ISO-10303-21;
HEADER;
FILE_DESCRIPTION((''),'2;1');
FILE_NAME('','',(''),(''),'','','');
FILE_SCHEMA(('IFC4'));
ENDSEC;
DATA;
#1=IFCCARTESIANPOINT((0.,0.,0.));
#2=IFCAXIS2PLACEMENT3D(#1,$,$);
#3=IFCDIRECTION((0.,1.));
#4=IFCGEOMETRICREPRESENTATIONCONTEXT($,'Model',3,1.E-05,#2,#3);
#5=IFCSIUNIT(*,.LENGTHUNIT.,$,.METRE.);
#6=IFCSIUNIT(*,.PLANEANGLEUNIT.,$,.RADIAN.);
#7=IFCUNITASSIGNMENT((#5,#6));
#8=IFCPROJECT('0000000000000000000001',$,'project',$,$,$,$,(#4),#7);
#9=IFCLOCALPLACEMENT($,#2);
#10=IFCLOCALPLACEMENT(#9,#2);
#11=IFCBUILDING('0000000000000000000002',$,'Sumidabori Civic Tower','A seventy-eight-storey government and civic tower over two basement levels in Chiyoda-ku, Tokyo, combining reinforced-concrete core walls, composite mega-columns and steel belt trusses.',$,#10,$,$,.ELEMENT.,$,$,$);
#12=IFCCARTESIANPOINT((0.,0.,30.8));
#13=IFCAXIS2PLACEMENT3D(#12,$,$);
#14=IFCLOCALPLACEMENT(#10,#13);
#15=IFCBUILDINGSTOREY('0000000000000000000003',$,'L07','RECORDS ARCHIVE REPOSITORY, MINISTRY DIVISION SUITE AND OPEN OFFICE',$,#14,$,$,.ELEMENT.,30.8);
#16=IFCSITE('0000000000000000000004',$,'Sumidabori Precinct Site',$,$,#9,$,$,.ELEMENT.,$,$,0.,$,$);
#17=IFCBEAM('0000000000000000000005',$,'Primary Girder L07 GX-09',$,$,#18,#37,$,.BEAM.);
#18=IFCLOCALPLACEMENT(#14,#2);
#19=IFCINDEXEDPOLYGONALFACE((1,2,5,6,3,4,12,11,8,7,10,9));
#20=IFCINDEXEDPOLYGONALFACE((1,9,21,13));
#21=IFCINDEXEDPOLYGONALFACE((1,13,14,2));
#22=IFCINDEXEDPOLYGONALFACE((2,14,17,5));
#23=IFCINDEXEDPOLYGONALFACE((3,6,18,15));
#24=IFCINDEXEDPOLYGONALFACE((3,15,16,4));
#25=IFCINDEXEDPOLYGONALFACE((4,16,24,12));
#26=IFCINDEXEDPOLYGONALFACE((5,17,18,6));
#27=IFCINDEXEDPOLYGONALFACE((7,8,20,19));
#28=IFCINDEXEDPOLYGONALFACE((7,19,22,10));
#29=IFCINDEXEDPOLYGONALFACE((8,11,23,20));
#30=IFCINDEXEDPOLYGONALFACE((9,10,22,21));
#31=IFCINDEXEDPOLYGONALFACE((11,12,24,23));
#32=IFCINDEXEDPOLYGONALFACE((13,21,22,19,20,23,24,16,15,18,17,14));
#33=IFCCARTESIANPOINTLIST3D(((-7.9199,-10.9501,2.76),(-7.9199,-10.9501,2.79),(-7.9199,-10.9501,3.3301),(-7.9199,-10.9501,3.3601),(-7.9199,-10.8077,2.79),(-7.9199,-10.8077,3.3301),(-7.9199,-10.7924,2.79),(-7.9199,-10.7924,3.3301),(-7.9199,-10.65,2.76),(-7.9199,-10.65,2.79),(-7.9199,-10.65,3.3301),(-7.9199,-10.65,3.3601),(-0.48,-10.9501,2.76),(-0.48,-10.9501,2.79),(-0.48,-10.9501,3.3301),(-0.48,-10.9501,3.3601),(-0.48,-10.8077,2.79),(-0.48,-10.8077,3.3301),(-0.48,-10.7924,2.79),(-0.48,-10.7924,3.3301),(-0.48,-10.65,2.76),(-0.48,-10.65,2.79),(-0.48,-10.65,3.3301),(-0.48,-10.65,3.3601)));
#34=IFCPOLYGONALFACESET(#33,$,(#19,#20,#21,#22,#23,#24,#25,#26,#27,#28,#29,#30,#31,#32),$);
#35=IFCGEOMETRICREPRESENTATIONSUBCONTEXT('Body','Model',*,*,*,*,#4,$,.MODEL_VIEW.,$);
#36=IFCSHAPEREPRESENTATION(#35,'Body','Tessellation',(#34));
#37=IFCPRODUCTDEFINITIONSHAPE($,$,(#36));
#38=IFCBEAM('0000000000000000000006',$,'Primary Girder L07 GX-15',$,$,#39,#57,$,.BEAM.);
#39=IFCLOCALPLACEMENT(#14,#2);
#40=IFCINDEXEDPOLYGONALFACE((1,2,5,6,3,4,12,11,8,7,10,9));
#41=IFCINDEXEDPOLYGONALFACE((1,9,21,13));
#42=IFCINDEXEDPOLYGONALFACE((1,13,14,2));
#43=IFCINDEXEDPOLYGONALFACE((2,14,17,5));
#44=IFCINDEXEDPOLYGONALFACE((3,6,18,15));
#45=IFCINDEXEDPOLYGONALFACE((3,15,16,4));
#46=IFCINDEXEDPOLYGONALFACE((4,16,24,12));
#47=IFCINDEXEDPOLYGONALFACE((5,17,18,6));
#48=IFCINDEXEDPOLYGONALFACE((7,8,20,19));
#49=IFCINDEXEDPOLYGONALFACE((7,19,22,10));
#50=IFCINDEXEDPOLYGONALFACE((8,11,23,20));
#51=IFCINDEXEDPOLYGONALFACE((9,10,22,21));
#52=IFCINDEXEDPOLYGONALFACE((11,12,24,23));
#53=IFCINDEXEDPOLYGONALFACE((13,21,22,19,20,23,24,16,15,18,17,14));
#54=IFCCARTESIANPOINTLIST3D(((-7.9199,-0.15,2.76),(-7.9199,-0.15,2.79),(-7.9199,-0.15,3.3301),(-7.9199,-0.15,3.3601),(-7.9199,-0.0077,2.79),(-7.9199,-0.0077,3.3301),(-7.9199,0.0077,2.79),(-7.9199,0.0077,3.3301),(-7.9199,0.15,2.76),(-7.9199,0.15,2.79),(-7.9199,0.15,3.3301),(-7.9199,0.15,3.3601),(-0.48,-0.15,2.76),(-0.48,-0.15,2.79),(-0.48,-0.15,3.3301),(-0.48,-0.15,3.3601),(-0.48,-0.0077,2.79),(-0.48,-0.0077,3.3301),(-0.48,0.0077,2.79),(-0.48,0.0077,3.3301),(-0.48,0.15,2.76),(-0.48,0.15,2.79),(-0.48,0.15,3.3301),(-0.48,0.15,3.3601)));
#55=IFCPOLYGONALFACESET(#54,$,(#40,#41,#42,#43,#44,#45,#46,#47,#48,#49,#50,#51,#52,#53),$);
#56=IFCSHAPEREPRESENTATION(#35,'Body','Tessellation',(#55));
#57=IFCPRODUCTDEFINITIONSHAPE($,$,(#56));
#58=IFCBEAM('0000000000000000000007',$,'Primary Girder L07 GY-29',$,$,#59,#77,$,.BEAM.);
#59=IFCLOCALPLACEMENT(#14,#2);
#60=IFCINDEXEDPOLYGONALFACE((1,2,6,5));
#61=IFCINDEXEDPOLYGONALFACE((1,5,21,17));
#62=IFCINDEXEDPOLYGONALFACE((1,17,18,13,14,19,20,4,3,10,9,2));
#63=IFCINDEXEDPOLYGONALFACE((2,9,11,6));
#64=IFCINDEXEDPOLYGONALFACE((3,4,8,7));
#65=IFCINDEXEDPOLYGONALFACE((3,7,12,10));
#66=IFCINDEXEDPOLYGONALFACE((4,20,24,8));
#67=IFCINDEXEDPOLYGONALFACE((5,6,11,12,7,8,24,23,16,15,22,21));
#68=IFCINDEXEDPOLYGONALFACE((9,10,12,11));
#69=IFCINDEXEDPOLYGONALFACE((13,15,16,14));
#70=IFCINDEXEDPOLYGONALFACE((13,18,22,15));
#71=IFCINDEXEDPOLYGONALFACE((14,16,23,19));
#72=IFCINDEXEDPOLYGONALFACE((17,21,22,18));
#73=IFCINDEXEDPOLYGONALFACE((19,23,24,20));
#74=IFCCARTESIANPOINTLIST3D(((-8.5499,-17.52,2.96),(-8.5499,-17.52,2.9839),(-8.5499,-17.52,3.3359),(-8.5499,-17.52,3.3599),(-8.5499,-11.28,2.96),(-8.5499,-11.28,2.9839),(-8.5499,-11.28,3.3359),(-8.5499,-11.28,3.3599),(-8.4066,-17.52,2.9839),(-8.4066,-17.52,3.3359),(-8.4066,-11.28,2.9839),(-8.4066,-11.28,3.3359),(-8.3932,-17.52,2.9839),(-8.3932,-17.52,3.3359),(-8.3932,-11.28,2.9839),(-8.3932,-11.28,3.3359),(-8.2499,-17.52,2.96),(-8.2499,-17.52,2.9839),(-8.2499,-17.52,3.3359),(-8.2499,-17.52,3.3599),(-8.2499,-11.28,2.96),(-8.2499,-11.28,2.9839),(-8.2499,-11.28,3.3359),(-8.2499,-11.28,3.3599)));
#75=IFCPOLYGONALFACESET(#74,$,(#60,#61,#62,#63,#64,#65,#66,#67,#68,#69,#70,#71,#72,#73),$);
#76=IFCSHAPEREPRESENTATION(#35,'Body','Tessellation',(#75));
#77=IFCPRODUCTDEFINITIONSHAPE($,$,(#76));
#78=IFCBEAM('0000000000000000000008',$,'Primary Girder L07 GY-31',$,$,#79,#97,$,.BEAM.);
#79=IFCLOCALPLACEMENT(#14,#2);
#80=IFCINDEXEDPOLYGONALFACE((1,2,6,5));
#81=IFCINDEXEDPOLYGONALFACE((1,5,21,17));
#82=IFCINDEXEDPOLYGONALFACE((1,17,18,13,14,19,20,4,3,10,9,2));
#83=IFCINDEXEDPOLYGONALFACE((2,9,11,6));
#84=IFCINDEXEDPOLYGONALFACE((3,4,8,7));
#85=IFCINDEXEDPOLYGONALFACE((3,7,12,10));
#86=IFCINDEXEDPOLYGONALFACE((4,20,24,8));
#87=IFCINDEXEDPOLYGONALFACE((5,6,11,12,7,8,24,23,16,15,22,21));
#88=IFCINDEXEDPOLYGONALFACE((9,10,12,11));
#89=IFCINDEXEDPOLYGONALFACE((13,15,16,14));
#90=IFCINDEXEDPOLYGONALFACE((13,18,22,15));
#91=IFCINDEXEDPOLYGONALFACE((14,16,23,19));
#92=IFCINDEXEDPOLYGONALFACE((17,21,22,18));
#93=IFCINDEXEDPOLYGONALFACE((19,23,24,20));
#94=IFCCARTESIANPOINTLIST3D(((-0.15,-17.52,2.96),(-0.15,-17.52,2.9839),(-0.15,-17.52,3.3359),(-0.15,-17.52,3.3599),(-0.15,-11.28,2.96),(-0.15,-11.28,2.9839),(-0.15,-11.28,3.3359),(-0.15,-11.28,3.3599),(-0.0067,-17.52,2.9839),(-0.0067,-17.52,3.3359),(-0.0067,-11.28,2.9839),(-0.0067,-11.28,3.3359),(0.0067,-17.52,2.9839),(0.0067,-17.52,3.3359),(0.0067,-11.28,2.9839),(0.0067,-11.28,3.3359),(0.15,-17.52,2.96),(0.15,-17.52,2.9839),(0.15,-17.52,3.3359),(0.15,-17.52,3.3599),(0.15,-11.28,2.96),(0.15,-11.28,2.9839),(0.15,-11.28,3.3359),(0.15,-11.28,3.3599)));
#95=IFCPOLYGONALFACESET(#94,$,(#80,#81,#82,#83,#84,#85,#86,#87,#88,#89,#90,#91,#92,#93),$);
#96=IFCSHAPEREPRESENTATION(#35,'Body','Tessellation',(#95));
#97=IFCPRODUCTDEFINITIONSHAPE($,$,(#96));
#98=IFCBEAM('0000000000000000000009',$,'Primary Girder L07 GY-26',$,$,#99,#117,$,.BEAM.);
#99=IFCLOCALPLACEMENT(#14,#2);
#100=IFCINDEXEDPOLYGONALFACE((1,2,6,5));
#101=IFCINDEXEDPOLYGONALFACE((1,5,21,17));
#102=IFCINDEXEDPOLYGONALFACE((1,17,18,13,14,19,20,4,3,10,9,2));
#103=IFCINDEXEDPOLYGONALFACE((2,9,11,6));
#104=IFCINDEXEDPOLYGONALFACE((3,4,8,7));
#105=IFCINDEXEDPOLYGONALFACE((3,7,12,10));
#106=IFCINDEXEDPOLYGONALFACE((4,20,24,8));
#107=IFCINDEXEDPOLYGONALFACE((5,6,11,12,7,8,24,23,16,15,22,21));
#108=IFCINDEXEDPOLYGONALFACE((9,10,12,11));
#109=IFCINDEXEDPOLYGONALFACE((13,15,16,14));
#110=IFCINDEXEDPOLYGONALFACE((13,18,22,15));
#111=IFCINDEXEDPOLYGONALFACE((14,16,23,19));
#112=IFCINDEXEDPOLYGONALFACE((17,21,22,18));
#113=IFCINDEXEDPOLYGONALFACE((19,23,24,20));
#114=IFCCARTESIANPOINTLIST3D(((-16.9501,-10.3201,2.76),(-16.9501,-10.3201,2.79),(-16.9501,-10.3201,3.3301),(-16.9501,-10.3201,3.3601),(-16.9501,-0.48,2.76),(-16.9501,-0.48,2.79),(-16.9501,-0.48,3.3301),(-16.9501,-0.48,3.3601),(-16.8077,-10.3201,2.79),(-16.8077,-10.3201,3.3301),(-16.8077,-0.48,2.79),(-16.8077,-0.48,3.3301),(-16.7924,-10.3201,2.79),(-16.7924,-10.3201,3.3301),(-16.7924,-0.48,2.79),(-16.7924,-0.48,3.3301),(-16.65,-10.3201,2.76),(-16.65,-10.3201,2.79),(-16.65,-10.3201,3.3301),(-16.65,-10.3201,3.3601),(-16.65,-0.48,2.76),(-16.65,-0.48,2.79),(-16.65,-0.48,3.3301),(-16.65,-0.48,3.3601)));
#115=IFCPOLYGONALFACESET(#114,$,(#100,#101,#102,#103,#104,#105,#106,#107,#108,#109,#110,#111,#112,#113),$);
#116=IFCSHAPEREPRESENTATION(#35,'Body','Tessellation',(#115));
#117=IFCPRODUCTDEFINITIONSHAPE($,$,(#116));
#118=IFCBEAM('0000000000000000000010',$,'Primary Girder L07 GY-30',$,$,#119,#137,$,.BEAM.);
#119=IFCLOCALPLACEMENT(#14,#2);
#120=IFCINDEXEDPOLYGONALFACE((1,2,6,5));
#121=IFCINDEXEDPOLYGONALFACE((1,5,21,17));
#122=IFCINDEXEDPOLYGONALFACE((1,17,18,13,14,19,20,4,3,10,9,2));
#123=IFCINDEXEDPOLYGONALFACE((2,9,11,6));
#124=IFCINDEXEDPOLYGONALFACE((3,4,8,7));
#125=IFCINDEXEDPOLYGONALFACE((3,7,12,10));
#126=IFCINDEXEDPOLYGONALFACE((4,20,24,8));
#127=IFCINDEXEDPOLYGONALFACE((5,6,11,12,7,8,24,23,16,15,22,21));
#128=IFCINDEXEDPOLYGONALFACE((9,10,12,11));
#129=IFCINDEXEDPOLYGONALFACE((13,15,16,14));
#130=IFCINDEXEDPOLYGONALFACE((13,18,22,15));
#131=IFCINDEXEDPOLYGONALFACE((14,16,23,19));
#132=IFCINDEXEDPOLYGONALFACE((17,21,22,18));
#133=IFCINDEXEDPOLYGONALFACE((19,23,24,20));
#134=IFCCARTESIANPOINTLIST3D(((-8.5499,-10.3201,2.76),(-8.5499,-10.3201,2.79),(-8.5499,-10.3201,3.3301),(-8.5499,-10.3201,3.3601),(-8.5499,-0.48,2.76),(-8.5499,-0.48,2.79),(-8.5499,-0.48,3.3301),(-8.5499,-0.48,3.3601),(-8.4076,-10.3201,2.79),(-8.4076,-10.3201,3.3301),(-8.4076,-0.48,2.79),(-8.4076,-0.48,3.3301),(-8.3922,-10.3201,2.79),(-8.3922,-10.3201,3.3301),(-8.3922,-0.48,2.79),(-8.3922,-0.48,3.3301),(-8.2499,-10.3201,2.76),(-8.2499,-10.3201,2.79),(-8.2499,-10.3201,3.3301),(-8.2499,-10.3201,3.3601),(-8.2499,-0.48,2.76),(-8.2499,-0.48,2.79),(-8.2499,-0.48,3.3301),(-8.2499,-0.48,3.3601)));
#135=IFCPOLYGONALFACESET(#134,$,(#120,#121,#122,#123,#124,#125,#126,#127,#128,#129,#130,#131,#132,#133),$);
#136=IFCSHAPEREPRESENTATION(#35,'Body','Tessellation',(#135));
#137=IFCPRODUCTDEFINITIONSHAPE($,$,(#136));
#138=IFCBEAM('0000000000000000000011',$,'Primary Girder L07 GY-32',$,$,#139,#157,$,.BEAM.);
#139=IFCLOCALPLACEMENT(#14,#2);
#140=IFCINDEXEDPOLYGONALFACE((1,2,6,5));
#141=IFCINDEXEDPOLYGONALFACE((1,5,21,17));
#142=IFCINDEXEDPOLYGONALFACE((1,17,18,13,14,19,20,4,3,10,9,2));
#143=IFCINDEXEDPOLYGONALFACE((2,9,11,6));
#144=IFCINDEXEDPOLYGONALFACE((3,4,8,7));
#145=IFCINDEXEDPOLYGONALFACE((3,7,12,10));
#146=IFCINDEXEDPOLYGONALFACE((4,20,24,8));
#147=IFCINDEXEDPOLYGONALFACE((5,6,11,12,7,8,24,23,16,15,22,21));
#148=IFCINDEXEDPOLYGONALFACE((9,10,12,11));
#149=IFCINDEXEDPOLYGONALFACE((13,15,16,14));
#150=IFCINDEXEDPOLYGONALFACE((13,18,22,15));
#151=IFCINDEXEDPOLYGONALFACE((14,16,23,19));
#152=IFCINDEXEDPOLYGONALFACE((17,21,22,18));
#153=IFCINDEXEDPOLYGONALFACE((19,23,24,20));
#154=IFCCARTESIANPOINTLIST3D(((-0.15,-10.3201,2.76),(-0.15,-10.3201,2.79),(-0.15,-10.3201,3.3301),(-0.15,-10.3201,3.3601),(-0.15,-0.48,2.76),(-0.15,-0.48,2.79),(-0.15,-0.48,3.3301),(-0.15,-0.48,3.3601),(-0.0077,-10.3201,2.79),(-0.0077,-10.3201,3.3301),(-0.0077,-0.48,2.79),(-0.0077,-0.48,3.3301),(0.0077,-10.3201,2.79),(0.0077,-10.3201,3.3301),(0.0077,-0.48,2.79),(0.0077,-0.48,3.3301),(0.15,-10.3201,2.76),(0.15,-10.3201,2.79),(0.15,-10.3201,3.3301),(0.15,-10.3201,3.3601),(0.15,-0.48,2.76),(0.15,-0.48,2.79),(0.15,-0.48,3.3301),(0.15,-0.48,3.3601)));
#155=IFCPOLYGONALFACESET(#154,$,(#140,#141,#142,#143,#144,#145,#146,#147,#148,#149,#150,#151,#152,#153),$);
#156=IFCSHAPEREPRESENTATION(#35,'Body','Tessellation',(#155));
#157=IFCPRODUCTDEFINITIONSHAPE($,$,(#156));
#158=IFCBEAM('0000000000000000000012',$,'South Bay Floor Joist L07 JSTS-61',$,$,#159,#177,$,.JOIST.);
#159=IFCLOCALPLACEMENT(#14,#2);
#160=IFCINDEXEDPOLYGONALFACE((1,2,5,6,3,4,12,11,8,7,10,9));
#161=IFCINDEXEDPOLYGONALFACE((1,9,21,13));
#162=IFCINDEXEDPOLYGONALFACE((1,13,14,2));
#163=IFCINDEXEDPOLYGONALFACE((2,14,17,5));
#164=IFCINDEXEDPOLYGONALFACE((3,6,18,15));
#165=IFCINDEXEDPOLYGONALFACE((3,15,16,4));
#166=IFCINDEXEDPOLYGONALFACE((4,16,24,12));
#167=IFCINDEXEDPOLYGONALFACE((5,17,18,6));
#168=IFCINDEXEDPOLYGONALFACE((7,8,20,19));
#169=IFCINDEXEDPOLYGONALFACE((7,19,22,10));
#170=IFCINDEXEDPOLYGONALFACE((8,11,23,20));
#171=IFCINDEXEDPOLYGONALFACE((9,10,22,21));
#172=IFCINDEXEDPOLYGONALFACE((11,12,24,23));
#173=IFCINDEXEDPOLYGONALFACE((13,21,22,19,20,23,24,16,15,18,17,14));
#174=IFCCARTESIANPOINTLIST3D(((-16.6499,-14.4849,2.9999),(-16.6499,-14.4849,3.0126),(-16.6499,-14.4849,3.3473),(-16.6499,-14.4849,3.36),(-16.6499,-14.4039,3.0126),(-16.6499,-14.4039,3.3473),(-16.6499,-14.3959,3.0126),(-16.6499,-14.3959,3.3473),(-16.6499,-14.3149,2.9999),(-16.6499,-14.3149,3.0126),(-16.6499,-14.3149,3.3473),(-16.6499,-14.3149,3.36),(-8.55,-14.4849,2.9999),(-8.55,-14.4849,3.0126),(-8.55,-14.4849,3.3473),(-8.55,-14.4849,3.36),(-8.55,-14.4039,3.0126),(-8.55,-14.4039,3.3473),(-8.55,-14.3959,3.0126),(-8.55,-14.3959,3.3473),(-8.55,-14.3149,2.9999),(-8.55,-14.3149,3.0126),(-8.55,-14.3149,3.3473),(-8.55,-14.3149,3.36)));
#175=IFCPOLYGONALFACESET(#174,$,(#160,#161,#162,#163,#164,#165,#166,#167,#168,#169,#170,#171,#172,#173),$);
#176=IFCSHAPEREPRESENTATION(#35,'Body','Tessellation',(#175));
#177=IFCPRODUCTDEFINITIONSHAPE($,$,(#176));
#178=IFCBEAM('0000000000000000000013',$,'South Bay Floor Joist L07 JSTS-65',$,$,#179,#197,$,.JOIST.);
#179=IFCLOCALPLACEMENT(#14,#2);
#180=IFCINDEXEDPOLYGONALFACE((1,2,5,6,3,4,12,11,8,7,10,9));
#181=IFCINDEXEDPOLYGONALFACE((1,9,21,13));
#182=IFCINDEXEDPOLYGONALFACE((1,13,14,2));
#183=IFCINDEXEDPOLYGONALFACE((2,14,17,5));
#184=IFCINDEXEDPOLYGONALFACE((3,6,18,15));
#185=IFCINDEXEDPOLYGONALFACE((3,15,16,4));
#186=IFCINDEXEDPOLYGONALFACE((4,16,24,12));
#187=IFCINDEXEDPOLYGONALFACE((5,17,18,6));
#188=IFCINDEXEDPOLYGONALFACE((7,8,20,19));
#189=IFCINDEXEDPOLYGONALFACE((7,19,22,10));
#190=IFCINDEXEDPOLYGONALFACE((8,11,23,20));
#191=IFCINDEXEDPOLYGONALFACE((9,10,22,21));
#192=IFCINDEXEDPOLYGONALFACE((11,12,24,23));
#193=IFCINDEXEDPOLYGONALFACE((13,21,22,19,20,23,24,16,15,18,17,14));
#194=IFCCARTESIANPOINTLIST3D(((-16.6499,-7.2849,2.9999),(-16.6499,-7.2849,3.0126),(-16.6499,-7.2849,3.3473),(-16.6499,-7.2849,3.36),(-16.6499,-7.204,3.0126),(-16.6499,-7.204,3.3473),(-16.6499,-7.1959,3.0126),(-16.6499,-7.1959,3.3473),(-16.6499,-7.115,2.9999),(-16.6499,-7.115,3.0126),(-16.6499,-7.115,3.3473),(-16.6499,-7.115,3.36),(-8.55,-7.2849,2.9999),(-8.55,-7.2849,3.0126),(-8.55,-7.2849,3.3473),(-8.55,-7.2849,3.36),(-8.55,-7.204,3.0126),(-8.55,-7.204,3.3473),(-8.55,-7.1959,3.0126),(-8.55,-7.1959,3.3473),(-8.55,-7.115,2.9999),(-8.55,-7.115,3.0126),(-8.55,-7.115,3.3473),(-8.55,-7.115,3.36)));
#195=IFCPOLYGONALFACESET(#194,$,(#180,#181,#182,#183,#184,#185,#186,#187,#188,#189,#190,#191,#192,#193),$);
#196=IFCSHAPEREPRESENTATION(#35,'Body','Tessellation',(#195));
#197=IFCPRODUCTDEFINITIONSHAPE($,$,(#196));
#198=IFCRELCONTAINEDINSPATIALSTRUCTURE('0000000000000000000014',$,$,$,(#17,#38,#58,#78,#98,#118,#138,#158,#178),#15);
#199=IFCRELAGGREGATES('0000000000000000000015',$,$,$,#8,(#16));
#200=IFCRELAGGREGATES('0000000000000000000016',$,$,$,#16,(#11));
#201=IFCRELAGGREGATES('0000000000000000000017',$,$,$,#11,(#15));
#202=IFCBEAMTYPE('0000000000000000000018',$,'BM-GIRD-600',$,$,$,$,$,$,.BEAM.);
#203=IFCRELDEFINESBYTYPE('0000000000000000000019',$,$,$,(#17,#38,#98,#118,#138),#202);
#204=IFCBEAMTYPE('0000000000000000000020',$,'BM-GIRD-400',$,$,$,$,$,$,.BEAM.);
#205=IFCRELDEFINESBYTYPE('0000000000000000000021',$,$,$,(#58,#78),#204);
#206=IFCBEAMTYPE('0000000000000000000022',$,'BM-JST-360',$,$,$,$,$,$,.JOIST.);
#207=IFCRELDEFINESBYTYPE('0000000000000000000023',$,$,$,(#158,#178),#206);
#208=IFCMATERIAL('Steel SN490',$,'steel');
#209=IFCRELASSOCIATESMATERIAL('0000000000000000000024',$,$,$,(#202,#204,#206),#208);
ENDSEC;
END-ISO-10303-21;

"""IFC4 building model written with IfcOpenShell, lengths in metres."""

from ifc_helpers import new_model, si_unit, direction, frame, origin, origin_2d, place, context, subcontext, project, spatial, i_section, extrude, source, transform, mapped, material, material_profile, profile_set, type_object, element, save


model = new_model("IFC4")

# Units and contexts
model_context = context("Model", 3, precision=1e-05, world=origin(), true_north=direction((0.0, 1.0)))
body_context = subcontext(model_context, "Body", "Model", "MODEL_VIEW")
ifc_project = project(units=[si_unit("LENGTHUNIT", "METRE"), si_unit("PLANEANGLEUNIT", "RADIAN")], contexts=[model_context])

# Site, building, storey
site_placement = place(None, origin())
site = spatial("IfcSite", under=ifc_project, at=site_placement, Name="Sumidabori Precinct Site", CompositionType="ELEMENT", RefElevation=0.0)
building_placement = place(site_placement, origin())
building = spatial("IfcBuilding", under=site, at=building_placement, Name="Sumidabori Civic Tower", Description="A seventy-eight-storey government and civic tower over two basement levels in Chiyoda-ku, Tokyo, combining reinforced-concrete core walls, composite mega-columns and steel belt trusses.", CompositionType="ELEMENT")
storey_placement = place(building_placement, frame((0.0, 0.0, 30.8)))
storey = spatial("IfcBuildingStorey", under=building, at=storey_placement, Name="L07", Description="RECORDS ARCHIVE REPOSITORY, MINISTRY DIVISION SUITE AND OPEN OFFICE", CompositionType="ELEMENT", Elevation=30.8)

# Beams
ifc_material_1 = material(Name="Steel SN490", Category="steel")
ifc_material_profile_1 = material_profile(ifc_material_1, i_section(OverallWidth=0.3, OverallDepth=0.6001, WebThickness=0.0154, FlangeThickness=0.03, at=origin_2d()), Name="HE 600 B")
ifc_profile_set_1 = profile_set([ifc_material_profile_1], Name="Steel SN490")
beam_type_1 = type_object("IfcBeamType", Name="BM-GIRD-600", PredefinedType="BEAM", material=ifc_profile_set_1)
shared_shape_1 = source(origin(), body_context, "Body", "SweptSolid", [
    extrude(i_section(OverallWidth=0.3, OverallDepth=0.6001, WebThickness=0.0154, FlangeThickness=0.03, at=origin_2d()), origin(), (0.0, 0.0, 1.0), 7.4399),
])
for number, where, z_axis, x_axis, name in (
    (1, (-7.9199, -10.8, 3.0601), (1.0, 0.0, 0.0), (0.0, 1.0, 0.0), "Primary Girder L07 GX-09"),
    (2, (-7.9199, 0.0, 3.0601), (1.0, 0.0, 0.0), (0.0, 1.0, 0.0), "Primary Girder L07 GX-15"),
):
    element("IfcBeam", number, at=place(storey_placement, frame(where, z_axis=z_axis, x_axis=x_axis)), inside=storey, type_object=beam_type_1, Name=name, PredefinedType="BEAM", context=body_context, shape_type="MappedRepresentation", body=[
        mapped(shared_shape_1, transform((0.0, 0.0, 0.0), x_axis=(1.0, 0.0, 0.0), y_axis=(0.0, 1.0, 0.0), z_axis=(0.0, 0.0, 1.0), scale=1.0)),
    ])
ifc_material_profile_2 = material_profile(ifc_material_1, i_section(OverallWidth=0.3, OverallDepth=0.3999, WebThickness=0.0134, FlangeThickness=0.0239, at=origin_2d()), Name="HE 400 B")
ifc_profile_set_2 = profile_set([ifc_material_profile_2], Name="Steel SN490")
beam_type_2 = type_object("IfcBeamType", Name="BM-GIRD-400", PredefinedType="BEAM", material=ifc_profile_set_2)
shared_shape_2 = source(origin(), body_context, "Body", "SweptSolid", [
    extrude(i_section(OverallWidth=0.3, OverallDepth=0.3999, WebThickness=0.0134, FlangeThickness=0.0239, at=origin_2d()), origin(), (0.0, 0.0, 1.0), 6.24),
])
for number, where, z_axis, x_axis, name in (
    (3, (-8.3999, -17.52, 3.1599), (0.0, 1.0, 0.0), (-1.0, 0.0, 0.0), "Primary Girder L07 GY-29"),
    (4, (0.0, -17.52, 3.1599), (0.0, 1.0, 0.0), (-1.0, 0.0, 0.0), "Primary Girder L07 GY-31"),
):
    element("IfcBeam", number, at=place(storey_placement, frame(where, z_axis=z_axis, x_axis=x_axis)), inside=storey, type_object=beam_type_2, Name=name, PredefinedType="BEAM", context=body_context, shape_type="MappedRepresentation", body=[
        mapped(shared_shape_2, transform((0.0, 0.0, 0.0), x_axis=(1.0, 0.0, 0.0), y_axis=(0.0, 1.0, 0.0), z_axis=(0.0, 0.0, 1.0), scale=1.0)),
    ])
shared_shape_3 = source(origin(), body_context, "Body", "SweptSolid", [
    extrude(i_section(OverallWidth=0.3, OverallDepth=0.6001, WebThickness=0.0154, FlangeThickness=0.03, at=origin_2d()), origin(), (0.0, 0.0, 1.0), 9.8401),
])
for number, where, z_axis, x_axis, name in (
    (5, (-16.8, -10.3201, 3.0601), (0.0, 1.0, 0.0), (-1.0, 0.0, 0.0), "Primary Girder L07 GY-26"),
    (6, (-8.3999, -10.3201, 3.0601), (0.0, 1.0, 0.0), (-1.0, 0.0, 0.0), "Primary Girder L07 GY-30"),
    (7, (0.0, -10.3201, 3.0601), (0.0, 1.0, 0.0), (-1.0, 0.0, 0.0), "Primary Girder L07 GY-32"),
):
    element("IfcBeam", number, at=place(storey_placement, frame(where, z_axis=z_axis, x_axis=x_axis)), inside=storey, type_object=beam_type_1, Name=name, PredefinedType="BEAM", context=body_context, shape_type="MappedRepresentation", body=[
        mapped(shared_shape_3, transform((0.0, 0.0, 0.0), x_axis=(1.0, 0.0, 0.0), y_axis=(0.0, 1.0, 0.0), z_axis=(0.0, 0.0, 1.0), scale=1.0)),
    ])
ifc_material_profile_3 = material_profile(ifc_material_1, i_section(OverallWidth=0.1699, OverallDepth=0.3601, WebThickness=0.0081, FlangeThickness=0.0127, at=origin_2d()), Name="IPE 360")
ifc_profile_set_3 = profile_set([ifc_material_profile_3], Name="Steel SN490")
beam_type_3 = type_object("IfcBeamType", Name="BM-JST-360", PredefinedType="JOIST", material=ifc_profile_set_3)
shared_shape_4 = source(origin(), body_context, "Body", "SweptSolid", [
    extrude(i_section(OverallWidth=0.1699, OverallDepth=0.3601, WebThickness=0.0081, FlangeThickness=0.0127, at=origin_2d()), origin(), (0.0, 0.0, 1.0), 8.0999),
])
for number, where, z_axis, x_axis, name in (
    (8, (-16.6499, -14.3999, 3.1799), (1.0, 0.0, 0.0), (0.0, 1.0, 0.0), "South Bay Floor Joist L07 JSTS-61"),
    (9, (-16.6499, -7.2, 3.1799), (1.0, 0.0, 0.0), (0.0, 1.0, 0.0), "South Bay Floor Joist L07 JSTS-65"),
):
    element("IfcBeam", number, at=place(storey_placement, frame(where, z_axis=z_axis, x_axis=x_axis)), inside=storey, type_object=beam_type_3, Name=name, PredefinedType="JOIST", context=body_context, shape_type="MappedRepresentation", body=[
        mapped(shared_shape_4, transform((0.0, 0.0, 0.0), x_axis=(1.0, 0.0, 0.0), y_axis=(0.0, 1.0, 0.0), z_axis=(0.0, 0.0, 1.0), scale=1.0)),
    ])

save(model, "model.ifc")
